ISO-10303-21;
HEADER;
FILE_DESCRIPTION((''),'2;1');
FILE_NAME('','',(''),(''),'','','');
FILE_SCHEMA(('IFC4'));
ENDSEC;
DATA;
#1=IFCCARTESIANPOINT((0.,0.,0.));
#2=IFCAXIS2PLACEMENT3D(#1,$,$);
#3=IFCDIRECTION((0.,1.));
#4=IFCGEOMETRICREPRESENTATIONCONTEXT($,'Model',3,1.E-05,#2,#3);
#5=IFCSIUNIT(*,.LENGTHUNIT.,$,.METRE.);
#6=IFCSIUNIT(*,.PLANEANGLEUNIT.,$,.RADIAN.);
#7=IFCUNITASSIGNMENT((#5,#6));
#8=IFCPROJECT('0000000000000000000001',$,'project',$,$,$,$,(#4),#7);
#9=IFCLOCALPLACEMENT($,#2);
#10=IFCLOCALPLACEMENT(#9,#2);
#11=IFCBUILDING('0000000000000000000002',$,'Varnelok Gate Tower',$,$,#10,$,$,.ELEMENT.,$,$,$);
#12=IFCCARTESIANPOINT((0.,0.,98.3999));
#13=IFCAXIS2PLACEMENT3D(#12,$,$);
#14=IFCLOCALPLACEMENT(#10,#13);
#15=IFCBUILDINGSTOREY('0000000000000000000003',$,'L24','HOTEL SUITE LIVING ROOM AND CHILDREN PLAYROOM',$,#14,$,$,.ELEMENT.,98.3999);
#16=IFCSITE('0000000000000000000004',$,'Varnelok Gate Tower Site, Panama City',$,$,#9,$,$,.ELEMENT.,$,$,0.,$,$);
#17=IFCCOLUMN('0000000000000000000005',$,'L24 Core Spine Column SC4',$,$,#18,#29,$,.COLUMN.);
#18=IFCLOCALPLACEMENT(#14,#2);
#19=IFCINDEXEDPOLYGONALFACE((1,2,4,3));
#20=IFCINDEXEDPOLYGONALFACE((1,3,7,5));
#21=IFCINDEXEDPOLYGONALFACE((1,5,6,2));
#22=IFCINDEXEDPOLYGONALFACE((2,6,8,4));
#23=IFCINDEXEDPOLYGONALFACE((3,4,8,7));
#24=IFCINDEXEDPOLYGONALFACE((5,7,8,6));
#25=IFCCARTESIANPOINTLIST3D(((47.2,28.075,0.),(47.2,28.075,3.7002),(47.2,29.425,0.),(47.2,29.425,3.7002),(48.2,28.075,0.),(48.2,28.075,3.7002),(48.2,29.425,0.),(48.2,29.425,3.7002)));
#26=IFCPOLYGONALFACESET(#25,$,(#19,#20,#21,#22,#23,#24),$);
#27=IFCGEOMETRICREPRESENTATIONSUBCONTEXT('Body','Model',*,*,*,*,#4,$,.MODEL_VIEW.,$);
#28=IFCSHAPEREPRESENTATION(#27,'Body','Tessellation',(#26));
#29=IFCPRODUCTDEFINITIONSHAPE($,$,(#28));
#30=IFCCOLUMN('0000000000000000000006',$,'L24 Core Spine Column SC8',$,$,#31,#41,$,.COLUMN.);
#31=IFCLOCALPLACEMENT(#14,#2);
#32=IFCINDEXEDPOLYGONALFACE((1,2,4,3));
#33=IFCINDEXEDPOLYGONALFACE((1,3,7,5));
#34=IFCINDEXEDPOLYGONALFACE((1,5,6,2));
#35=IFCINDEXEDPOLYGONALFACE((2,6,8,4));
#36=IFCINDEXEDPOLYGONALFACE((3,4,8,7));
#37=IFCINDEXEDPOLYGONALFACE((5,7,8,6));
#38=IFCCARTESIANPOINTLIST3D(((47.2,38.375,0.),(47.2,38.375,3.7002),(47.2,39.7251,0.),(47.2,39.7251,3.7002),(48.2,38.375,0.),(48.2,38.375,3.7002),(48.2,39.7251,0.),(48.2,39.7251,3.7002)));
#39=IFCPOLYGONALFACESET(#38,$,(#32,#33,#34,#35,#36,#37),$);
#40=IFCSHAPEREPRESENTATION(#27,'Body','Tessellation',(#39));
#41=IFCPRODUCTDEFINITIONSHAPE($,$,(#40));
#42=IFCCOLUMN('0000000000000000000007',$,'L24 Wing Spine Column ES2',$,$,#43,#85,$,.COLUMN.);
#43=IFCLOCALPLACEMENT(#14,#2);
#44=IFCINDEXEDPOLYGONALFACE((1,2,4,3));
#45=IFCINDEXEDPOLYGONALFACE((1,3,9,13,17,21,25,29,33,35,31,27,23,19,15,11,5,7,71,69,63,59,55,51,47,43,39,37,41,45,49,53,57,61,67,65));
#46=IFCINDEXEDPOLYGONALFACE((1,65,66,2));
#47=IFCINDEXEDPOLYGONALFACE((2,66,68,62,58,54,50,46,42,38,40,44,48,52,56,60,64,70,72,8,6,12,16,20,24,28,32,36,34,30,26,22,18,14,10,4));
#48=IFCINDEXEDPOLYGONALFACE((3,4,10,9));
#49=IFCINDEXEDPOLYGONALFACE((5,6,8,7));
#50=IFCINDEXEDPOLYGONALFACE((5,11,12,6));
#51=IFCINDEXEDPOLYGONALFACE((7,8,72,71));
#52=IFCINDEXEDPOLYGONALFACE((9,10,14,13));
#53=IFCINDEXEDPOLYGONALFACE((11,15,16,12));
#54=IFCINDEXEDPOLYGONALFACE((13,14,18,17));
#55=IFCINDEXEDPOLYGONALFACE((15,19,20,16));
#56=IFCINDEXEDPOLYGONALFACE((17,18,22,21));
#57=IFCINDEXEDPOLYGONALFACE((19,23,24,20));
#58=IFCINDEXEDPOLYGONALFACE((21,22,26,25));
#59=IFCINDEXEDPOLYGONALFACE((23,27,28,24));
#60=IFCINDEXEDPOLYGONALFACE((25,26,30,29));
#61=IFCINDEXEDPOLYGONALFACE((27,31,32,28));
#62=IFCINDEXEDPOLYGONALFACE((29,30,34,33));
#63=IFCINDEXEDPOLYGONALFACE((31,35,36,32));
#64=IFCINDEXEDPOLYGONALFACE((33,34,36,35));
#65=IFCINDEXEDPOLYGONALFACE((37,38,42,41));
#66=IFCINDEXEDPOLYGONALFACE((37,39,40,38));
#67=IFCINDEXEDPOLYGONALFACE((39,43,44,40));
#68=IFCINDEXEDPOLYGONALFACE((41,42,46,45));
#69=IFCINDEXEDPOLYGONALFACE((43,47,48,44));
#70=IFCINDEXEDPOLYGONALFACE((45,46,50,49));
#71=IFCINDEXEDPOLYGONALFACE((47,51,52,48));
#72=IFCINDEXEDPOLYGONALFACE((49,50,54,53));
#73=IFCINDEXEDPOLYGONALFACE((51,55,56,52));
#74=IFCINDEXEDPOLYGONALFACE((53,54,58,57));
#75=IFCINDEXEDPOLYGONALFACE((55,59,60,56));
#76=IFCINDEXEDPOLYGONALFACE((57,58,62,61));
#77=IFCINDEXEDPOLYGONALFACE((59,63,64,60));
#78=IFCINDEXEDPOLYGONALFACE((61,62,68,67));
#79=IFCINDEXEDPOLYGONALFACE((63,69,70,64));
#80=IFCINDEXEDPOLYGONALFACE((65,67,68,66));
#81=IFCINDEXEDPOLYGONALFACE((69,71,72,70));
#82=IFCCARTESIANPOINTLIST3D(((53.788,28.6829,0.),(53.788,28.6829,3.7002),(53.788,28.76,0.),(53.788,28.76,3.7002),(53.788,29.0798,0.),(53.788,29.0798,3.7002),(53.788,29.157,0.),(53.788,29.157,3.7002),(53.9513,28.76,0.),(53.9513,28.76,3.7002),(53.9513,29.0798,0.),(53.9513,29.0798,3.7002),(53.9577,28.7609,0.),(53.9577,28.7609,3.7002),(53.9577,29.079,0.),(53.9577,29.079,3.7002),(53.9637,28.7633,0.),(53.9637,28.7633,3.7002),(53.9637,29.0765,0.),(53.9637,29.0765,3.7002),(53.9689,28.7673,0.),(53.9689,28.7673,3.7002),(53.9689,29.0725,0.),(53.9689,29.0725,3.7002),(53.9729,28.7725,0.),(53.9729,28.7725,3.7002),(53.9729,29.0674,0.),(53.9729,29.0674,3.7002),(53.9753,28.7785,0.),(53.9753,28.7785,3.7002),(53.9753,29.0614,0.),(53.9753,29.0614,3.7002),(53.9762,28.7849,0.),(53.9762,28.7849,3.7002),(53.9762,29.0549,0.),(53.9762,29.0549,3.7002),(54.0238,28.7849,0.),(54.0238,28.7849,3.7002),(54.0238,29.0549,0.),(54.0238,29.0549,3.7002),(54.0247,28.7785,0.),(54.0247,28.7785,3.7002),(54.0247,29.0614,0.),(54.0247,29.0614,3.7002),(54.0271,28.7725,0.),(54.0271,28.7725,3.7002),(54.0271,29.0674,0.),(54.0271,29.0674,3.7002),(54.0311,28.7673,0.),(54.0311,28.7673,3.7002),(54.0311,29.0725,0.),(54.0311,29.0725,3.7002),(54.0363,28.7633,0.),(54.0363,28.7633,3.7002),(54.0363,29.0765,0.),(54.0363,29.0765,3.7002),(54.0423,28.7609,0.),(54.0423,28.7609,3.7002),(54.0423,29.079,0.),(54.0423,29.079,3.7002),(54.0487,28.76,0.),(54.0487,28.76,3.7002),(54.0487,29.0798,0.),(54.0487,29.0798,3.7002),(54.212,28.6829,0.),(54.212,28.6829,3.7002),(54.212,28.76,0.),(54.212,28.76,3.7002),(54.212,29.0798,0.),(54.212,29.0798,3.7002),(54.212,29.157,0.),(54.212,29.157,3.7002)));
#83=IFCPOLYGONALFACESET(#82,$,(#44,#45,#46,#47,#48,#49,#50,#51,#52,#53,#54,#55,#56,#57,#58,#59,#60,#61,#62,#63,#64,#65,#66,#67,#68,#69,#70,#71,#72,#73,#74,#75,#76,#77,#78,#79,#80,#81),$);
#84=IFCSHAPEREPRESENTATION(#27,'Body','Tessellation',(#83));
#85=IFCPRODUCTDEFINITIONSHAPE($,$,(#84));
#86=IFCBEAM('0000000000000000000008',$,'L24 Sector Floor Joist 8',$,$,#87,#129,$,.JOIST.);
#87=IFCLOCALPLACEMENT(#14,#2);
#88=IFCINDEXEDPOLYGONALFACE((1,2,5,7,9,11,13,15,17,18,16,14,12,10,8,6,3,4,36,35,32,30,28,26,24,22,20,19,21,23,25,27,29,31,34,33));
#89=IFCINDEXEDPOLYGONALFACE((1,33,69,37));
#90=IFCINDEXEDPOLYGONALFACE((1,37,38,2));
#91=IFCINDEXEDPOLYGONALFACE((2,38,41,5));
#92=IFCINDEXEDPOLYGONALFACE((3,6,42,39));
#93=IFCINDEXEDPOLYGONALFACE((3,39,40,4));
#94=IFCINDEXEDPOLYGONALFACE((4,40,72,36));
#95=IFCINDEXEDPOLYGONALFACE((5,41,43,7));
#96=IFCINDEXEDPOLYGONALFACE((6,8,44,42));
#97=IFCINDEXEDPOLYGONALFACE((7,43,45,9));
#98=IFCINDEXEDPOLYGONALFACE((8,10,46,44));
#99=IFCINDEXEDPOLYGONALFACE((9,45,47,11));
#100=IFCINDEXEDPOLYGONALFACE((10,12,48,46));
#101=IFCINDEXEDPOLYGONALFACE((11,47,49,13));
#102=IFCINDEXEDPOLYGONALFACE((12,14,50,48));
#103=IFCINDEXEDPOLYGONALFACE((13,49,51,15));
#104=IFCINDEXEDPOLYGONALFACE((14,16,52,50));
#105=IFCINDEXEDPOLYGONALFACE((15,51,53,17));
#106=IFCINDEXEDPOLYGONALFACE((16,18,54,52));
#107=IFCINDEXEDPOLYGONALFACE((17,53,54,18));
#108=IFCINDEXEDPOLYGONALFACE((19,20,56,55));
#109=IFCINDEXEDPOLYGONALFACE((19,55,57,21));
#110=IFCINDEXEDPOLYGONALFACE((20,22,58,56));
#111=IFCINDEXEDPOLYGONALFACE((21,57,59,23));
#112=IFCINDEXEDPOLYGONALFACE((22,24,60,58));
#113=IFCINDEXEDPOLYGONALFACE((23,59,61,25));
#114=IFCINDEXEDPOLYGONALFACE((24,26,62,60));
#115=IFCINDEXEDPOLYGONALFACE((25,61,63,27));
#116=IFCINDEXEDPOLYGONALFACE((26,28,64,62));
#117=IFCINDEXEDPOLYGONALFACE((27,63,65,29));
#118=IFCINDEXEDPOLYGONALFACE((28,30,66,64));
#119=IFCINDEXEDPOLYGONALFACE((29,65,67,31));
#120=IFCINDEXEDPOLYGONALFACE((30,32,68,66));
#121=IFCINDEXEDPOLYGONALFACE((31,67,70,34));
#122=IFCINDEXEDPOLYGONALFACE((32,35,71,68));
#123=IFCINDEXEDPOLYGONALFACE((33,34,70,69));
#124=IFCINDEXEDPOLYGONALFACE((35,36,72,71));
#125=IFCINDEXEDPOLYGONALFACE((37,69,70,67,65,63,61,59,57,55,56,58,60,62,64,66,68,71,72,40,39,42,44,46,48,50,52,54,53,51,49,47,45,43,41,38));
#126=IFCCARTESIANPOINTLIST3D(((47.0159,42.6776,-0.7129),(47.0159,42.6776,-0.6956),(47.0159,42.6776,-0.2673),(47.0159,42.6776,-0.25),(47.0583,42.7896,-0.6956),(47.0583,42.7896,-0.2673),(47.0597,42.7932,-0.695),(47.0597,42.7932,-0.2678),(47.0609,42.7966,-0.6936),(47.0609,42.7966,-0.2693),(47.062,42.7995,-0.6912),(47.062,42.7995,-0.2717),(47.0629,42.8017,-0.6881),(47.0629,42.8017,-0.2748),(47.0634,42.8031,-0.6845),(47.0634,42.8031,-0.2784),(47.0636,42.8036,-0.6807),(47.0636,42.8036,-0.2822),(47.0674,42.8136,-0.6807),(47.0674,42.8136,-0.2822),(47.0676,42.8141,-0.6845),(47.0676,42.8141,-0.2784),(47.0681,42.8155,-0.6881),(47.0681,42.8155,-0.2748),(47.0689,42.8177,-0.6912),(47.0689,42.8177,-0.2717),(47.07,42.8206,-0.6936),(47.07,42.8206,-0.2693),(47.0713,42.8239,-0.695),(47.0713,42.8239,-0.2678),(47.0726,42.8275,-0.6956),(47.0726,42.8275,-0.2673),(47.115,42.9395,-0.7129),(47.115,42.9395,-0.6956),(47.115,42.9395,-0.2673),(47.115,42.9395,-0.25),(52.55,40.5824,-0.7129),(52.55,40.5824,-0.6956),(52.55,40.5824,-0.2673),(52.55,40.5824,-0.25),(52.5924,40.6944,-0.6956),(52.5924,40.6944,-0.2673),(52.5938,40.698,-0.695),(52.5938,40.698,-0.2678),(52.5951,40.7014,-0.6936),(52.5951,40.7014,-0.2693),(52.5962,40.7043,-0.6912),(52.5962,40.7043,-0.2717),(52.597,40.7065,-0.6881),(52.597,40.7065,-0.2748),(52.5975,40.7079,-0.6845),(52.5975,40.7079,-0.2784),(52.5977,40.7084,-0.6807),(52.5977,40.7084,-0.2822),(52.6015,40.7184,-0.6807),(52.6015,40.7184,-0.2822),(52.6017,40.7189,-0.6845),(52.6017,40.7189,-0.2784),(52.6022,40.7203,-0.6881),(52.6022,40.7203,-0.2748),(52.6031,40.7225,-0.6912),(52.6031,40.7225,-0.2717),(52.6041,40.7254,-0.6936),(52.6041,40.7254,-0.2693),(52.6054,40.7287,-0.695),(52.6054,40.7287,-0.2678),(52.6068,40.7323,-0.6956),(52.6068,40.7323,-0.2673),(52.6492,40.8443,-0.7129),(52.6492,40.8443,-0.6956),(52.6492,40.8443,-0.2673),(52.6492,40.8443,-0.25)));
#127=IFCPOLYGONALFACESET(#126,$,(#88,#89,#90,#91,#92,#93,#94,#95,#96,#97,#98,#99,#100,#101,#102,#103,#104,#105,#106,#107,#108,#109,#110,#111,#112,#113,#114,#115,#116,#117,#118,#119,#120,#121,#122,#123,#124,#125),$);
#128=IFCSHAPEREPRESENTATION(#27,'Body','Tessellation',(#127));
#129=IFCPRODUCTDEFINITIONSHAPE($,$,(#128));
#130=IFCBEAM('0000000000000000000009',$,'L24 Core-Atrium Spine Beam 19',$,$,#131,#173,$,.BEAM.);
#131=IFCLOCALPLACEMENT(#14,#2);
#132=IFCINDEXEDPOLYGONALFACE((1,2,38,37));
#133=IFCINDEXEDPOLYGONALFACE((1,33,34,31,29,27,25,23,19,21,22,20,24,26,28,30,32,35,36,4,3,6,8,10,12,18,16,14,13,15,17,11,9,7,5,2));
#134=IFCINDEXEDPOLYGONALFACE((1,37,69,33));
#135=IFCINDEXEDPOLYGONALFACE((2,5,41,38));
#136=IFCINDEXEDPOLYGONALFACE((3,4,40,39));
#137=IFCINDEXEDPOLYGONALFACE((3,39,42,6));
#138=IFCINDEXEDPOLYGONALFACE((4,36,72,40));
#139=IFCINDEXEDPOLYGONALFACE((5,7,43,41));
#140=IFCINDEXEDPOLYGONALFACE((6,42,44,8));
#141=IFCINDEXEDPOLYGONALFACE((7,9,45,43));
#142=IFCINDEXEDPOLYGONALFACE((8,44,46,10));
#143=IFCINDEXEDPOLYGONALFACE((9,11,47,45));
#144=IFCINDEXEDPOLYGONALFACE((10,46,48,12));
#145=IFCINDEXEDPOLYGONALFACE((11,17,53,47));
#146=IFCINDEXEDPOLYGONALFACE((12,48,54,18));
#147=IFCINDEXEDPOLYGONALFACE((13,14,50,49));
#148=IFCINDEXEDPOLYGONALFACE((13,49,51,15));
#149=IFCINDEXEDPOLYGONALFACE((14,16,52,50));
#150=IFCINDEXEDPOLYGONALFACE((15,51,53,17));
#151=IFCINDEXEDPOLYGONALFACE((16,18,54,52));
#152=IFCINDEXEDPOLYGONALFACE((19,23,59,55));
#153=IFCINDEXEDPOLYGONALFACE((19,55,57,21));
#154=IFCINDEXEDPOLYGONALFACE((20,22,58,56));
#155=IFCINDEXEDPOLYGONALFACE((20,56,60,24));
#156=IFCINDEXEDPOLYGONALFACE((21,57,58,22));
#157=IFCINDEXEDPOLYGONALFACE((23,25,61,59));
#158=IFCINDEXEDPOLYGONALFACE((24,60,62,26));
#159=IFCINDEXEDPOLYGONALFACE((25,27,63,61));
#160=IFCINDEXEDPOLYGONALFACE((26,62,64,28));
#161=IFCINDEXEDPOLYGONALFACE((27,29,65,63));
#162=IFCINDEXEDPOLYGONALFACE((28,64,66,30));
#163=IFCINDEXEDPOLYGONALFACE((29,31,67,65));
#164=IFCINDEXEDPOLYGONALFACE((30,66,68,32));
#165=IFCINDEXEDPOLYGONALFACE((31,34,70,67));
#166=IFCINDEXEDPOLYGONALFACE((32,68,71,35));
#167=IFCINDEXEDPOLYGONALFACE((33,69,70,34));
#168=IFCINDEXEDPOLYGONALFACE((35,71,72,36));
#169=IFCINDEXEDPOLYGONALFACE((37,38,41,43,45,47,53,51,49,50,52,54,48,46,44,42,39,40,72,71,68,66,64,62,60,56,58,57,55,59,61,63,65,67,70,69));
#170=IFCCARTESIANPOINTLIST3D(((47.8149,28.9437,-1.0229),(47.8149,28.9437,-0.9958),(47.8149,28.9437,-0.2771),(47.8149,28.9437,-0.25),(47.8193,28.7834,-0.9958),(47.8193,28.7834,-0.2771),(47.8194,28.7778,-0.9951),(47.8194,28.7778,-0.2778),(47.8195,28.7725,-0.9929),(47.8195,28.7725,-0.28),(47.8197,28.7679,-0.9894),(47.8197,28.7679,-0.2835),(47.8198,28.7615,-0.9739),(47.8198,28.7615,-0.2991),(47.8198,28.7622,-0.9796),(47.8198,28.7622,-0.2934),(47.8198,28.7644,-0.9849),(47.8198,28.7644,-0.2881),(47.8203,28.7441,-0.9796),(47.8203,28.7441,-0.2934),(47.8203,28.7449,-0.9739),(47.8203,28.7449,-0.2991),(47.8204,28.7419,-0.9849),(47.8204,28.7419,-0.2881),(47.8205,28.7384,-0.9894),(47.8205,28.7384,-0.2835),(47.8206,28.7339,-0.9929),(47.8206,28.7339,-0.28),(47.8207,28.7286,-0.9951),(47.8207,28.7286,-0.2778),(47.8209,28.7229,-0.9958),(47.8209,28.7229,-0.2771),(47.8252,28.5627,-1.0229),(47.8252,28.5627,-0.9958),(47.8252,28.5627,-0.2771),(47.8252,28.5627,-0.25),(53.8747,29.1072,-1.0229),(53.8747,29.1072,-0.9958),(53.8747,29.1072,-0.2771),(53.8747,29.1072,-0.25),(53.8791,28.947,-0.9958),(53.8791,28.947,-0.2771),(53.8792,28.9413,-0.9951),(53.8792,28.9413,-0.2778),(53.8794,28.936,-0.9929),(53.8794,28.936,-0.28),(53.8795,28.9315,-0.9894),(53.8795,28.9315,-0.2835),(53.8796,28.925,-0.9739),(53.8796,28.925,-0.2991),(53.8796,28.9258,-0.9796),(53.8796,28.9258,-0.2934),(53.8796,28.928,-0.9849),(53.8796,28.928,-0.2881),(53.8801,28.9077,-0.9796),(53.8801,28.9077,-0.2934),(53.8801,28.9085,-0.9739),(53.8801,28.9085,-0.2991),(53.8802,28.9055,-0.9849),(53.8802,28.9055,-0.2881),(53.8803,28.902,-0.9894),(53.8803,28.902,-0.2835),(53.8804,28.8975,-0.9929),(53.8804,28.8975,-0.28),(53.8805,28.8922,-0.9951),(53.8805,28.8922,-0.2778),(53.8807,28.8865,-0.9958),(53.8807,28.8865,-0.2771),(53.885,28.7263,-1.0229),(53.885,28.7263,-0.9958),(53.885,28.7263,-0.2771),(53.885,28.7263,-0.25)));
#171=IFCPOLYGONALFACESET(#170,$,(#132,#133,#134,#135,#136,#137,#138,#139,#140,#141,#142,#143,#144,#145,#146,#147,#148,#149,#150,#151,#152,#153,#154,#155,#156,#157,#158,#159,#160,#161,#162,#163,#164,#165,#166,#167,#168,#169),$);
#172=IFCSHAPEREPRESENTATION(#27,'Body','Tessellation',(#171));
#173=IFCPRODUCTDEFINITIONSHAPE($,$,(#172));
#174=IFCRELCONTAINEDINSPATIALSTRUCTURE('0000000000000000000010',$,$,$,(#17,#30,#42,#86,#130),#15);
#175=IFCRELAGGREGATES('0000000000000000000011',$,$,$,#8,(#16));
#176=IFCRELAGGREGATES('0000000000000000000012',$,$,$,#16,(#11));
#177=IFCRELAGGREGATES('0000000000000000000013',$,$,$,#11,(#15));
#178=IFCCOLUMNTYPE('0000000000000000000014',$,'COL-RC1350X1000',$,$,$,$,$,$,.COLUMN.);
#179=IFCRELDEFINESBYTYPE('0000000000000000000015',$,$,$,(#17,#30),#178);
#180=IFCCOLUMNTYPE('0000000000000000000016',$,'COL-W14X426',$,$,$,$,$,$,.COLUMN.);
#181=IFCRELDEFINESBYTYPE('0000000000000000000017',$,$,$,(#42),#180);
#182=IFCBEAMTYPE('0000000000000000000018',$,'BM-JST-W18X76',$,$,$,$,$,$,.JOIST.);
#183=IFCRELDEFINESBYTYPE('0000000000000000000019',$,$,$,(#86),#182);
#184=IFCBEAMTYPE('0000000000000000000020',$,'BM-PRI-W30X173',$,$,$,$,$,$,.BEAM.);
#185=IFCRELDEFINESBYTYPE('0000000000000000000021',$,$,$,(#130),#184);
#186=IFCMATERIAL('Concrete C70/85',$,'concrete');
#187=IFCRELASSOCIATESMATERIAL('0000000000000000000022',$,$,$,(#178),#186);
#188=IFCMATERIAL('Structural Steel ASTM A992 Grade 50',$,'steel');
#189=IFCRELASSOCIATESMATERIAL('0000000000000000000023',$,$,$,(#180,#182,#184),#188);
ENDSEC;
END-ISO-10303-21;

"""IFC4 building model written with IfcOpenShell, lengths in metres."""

from ifc_helpers import new_model, si_unit, direction, frame, origin, origin_2d, place, context, subcontext, project, spatial, rectangle, i_section, extrude, material, material_profile, profile_set, type_object, element, save


model = new_model("IFC4")

# Units and contexts
model_context = context("Model", 3, precision=1e-05, world=origin(), true_north=direction((0.0, 1.0)))
body_context = subcontext(model_context, "Body", "Model", "MODEL_VIEW")
ifc_project = project(units=[si_unit("LENGTHUNIT", "METRE"), si_unit("PLANEANGLEUNIT", "RADIAN")], contexts=[model_context])

# Site, building, storey
site_placement = place(None, origin())
site = spatial("IfcSite", under=ifc_project, at=site_placement, Name="Varnelok Gate Tower Site, Panama City", CompositionType="ELEMENT", RefElevation=0.0)
building_placement = place(site_placement, origin())
building = spatial("IfcBuilding", under=site, at=building_placement, Name="Varnelok Gate Tower", CompositionType="ELEMENT")
storey_placement = place(building_placement, frame((0.0, 0.0, 98.3999)))
storey = spatial("IfcBuildingStorey", under=building, at=storey_placement, Name="L24", Description="HOTEL SUITE LIVING ROOM AND CHILDREN PLAYROOM", CompositionType="ELEMENT", Elevation=98.3999)

# Columns
ifc_material_1 = material(Name="Concrete C70/85", Category="concrete")
ifc_material_profile_1 = material_profile(ifc_material_1, rectangle(XDim=1.0, YDim=1.3501, at=origin_2d()), Name="RC1350X1000")
ifc_profile_set_1 = profile_set([ifc_material_profile_1], Name="Concrete C70/85")
column_type_1 = type_object("IfcColumnType", Name="COL-RC1350X1000", PredefinedType="COLUMN", material=ifc_profile_set_1)
for number, where, z_axis, x_axis, name in (
    (1, (47.7, 28.75, 0.0), (0.0, 0.0, 1.0), (1.0, 0.0, 0.0), "L24 Core Spine Column SC4"),
    (2, (47.7, 39.05, 0.0), (0.0, 0.0, 1.0), (1.0, 0.0, 0.0), "L24 Core Spine Column SC8"),
):
    element("IfcColumn", number, at=place(storey_placement, frame(where, z_axis=z_axis, x_axis=x_axis)), inside=storey, type_object=column_type_1, Name=name, PredefinedType="COLUMN", context=body_context, shape_type="SweptSolid", body=[
        extrude(rectangle(XDim=1.0, YDim=1.3501, at=origin_2d()), origin(), (0.0, 0.0, 1.0), 3.7002),
    ])
ifc_material_2 = material(Name="Structural Steel ASTM A992 Grade 50", Category="steel")
ifc_material_profile_2 = material_profile(ifc_material_2, i_section(OverallWidth=0.4241, OverallDepth=0.4741, WebThickness=0.0476, FlangeThickness=0.0771, FilletRadius=0.0249, at=origin_2d()), Name="W14X426")
ifc_profile_set_2 = profile_set([ifc_material_profile_2], Name="Structural Steel ASTM A992 Grade 50")
column_type_2 = type_object("IfcColumnType", Name="COL-W14X426", PredefinedType="COLUMN", material=ifc_profile_set_2)
column_placement = place(storey_placement, frame((54.0, 28.9199, 0.0), z_axis=(0.0, 0.0, 1.0), x_axis=(1.0, 0.0, 0.0)))
element("IfcColumn", 3, at=column_placement, inside=storey, type_object=column_type_2, Name="L24 Wing Spine Column ES2", PredefinedType="COLUMN", context=body_context, shape_type="SweptSolid", body=[
    extrude(i_section(OverallWidth=0.4241, OverallDepth=0.4741, WebThickness=0.0476, FlangeThickness=0.0771, FilletRadius=0.0249, at=origin_2d()), origin(), (0.0, 0.0, 1.0), 3.7002),
])

# Beams
ifc_material_profile_3 = material_profile(ifc_material_2, i_section(OverallWidth=0.28, OverallDepth=0.4629, WebThickness=0.0107, FlangeThickness=0.0173, FilletRadius=0.0149, at=origin_2d()), Name="W18X76")
ifc_profile_set_3 = profile_set([ifc_material_profile_3], Name="Structural Steel ASTM A992 Grade 50")
beam_type_1 = type_object("IfcBeamType", Name="BM-JST-W18X76", PredefinedType="JOIST", material=ifc_profile_set_3)
beam_1_placement = place(storey_placement, frame((52.5996, 40.7134, -0.4814), z_axis=(-0.935219, 0.35407, 0.0), x_axis=(-0.35407, -0.935219, 0.0)))
element("IfcBeam", 4, at=beam_1_placement, inside=storey, type_object=beam_type_1, Name="L24 Sector Floor Joist 8", PredefinedType="JOIST", context=body_context, shape_type="SweptSolid", body=[
    extrude(i_section(OverallWidth=0.28, OverallDepth=0.4629, WebThickness=0.0107, FlangeThickness=0.0173, FilletRadius=0.0149, at=origin_2d()), origin(), (0.0, 0.0, 1.0), 5.9175),
])
ifc_material_profile_4 = material_profile(ifc_material_2, i_section(OverallWidth=0.3811, OverallDepth=0.7729, WebThickness=0.0166, FlangeThickness=0.0271, FilletRadius=0.022, at=origin_2d()), Name="W30X173")
ifc_profile_set_4 = profile_set([ifc_material_profile_4], Name="Structural Steel ASTM A992 Grade 50")
beam_type_2 = type_object("IfcBeamType", Name="BM-PRI-W30X173", PredefinedType="BEAM", material=ifc_profile_set_4)
beam_2_placement = place(storey_placement, frame((47.8201, 28.7532, -0.6365), z_axis=(0.999636, 0.026983, 0.0), x_axis=(-0.026983, 0.999636, 0.0)))
element("IfcBeam", 5, at=beam_2_placement, inside=storey, type_object=beam_type_2, Name="L24 Core-Atrium Spine Beam 19", PredefinedType="BEAM", context=body_context, shape_type="SweptSolid", body=[
    extrude(i_section(OverallWidth=0.3811, OverallDepth=0.7729, WebThickness=0.0166, FlangeThickness=0.0271, FilletRadius=0.022, at=origin_2d()), origin(), (0.0, 0.0, 1.0), 6.062),
])

save(model, "model.ifc")
